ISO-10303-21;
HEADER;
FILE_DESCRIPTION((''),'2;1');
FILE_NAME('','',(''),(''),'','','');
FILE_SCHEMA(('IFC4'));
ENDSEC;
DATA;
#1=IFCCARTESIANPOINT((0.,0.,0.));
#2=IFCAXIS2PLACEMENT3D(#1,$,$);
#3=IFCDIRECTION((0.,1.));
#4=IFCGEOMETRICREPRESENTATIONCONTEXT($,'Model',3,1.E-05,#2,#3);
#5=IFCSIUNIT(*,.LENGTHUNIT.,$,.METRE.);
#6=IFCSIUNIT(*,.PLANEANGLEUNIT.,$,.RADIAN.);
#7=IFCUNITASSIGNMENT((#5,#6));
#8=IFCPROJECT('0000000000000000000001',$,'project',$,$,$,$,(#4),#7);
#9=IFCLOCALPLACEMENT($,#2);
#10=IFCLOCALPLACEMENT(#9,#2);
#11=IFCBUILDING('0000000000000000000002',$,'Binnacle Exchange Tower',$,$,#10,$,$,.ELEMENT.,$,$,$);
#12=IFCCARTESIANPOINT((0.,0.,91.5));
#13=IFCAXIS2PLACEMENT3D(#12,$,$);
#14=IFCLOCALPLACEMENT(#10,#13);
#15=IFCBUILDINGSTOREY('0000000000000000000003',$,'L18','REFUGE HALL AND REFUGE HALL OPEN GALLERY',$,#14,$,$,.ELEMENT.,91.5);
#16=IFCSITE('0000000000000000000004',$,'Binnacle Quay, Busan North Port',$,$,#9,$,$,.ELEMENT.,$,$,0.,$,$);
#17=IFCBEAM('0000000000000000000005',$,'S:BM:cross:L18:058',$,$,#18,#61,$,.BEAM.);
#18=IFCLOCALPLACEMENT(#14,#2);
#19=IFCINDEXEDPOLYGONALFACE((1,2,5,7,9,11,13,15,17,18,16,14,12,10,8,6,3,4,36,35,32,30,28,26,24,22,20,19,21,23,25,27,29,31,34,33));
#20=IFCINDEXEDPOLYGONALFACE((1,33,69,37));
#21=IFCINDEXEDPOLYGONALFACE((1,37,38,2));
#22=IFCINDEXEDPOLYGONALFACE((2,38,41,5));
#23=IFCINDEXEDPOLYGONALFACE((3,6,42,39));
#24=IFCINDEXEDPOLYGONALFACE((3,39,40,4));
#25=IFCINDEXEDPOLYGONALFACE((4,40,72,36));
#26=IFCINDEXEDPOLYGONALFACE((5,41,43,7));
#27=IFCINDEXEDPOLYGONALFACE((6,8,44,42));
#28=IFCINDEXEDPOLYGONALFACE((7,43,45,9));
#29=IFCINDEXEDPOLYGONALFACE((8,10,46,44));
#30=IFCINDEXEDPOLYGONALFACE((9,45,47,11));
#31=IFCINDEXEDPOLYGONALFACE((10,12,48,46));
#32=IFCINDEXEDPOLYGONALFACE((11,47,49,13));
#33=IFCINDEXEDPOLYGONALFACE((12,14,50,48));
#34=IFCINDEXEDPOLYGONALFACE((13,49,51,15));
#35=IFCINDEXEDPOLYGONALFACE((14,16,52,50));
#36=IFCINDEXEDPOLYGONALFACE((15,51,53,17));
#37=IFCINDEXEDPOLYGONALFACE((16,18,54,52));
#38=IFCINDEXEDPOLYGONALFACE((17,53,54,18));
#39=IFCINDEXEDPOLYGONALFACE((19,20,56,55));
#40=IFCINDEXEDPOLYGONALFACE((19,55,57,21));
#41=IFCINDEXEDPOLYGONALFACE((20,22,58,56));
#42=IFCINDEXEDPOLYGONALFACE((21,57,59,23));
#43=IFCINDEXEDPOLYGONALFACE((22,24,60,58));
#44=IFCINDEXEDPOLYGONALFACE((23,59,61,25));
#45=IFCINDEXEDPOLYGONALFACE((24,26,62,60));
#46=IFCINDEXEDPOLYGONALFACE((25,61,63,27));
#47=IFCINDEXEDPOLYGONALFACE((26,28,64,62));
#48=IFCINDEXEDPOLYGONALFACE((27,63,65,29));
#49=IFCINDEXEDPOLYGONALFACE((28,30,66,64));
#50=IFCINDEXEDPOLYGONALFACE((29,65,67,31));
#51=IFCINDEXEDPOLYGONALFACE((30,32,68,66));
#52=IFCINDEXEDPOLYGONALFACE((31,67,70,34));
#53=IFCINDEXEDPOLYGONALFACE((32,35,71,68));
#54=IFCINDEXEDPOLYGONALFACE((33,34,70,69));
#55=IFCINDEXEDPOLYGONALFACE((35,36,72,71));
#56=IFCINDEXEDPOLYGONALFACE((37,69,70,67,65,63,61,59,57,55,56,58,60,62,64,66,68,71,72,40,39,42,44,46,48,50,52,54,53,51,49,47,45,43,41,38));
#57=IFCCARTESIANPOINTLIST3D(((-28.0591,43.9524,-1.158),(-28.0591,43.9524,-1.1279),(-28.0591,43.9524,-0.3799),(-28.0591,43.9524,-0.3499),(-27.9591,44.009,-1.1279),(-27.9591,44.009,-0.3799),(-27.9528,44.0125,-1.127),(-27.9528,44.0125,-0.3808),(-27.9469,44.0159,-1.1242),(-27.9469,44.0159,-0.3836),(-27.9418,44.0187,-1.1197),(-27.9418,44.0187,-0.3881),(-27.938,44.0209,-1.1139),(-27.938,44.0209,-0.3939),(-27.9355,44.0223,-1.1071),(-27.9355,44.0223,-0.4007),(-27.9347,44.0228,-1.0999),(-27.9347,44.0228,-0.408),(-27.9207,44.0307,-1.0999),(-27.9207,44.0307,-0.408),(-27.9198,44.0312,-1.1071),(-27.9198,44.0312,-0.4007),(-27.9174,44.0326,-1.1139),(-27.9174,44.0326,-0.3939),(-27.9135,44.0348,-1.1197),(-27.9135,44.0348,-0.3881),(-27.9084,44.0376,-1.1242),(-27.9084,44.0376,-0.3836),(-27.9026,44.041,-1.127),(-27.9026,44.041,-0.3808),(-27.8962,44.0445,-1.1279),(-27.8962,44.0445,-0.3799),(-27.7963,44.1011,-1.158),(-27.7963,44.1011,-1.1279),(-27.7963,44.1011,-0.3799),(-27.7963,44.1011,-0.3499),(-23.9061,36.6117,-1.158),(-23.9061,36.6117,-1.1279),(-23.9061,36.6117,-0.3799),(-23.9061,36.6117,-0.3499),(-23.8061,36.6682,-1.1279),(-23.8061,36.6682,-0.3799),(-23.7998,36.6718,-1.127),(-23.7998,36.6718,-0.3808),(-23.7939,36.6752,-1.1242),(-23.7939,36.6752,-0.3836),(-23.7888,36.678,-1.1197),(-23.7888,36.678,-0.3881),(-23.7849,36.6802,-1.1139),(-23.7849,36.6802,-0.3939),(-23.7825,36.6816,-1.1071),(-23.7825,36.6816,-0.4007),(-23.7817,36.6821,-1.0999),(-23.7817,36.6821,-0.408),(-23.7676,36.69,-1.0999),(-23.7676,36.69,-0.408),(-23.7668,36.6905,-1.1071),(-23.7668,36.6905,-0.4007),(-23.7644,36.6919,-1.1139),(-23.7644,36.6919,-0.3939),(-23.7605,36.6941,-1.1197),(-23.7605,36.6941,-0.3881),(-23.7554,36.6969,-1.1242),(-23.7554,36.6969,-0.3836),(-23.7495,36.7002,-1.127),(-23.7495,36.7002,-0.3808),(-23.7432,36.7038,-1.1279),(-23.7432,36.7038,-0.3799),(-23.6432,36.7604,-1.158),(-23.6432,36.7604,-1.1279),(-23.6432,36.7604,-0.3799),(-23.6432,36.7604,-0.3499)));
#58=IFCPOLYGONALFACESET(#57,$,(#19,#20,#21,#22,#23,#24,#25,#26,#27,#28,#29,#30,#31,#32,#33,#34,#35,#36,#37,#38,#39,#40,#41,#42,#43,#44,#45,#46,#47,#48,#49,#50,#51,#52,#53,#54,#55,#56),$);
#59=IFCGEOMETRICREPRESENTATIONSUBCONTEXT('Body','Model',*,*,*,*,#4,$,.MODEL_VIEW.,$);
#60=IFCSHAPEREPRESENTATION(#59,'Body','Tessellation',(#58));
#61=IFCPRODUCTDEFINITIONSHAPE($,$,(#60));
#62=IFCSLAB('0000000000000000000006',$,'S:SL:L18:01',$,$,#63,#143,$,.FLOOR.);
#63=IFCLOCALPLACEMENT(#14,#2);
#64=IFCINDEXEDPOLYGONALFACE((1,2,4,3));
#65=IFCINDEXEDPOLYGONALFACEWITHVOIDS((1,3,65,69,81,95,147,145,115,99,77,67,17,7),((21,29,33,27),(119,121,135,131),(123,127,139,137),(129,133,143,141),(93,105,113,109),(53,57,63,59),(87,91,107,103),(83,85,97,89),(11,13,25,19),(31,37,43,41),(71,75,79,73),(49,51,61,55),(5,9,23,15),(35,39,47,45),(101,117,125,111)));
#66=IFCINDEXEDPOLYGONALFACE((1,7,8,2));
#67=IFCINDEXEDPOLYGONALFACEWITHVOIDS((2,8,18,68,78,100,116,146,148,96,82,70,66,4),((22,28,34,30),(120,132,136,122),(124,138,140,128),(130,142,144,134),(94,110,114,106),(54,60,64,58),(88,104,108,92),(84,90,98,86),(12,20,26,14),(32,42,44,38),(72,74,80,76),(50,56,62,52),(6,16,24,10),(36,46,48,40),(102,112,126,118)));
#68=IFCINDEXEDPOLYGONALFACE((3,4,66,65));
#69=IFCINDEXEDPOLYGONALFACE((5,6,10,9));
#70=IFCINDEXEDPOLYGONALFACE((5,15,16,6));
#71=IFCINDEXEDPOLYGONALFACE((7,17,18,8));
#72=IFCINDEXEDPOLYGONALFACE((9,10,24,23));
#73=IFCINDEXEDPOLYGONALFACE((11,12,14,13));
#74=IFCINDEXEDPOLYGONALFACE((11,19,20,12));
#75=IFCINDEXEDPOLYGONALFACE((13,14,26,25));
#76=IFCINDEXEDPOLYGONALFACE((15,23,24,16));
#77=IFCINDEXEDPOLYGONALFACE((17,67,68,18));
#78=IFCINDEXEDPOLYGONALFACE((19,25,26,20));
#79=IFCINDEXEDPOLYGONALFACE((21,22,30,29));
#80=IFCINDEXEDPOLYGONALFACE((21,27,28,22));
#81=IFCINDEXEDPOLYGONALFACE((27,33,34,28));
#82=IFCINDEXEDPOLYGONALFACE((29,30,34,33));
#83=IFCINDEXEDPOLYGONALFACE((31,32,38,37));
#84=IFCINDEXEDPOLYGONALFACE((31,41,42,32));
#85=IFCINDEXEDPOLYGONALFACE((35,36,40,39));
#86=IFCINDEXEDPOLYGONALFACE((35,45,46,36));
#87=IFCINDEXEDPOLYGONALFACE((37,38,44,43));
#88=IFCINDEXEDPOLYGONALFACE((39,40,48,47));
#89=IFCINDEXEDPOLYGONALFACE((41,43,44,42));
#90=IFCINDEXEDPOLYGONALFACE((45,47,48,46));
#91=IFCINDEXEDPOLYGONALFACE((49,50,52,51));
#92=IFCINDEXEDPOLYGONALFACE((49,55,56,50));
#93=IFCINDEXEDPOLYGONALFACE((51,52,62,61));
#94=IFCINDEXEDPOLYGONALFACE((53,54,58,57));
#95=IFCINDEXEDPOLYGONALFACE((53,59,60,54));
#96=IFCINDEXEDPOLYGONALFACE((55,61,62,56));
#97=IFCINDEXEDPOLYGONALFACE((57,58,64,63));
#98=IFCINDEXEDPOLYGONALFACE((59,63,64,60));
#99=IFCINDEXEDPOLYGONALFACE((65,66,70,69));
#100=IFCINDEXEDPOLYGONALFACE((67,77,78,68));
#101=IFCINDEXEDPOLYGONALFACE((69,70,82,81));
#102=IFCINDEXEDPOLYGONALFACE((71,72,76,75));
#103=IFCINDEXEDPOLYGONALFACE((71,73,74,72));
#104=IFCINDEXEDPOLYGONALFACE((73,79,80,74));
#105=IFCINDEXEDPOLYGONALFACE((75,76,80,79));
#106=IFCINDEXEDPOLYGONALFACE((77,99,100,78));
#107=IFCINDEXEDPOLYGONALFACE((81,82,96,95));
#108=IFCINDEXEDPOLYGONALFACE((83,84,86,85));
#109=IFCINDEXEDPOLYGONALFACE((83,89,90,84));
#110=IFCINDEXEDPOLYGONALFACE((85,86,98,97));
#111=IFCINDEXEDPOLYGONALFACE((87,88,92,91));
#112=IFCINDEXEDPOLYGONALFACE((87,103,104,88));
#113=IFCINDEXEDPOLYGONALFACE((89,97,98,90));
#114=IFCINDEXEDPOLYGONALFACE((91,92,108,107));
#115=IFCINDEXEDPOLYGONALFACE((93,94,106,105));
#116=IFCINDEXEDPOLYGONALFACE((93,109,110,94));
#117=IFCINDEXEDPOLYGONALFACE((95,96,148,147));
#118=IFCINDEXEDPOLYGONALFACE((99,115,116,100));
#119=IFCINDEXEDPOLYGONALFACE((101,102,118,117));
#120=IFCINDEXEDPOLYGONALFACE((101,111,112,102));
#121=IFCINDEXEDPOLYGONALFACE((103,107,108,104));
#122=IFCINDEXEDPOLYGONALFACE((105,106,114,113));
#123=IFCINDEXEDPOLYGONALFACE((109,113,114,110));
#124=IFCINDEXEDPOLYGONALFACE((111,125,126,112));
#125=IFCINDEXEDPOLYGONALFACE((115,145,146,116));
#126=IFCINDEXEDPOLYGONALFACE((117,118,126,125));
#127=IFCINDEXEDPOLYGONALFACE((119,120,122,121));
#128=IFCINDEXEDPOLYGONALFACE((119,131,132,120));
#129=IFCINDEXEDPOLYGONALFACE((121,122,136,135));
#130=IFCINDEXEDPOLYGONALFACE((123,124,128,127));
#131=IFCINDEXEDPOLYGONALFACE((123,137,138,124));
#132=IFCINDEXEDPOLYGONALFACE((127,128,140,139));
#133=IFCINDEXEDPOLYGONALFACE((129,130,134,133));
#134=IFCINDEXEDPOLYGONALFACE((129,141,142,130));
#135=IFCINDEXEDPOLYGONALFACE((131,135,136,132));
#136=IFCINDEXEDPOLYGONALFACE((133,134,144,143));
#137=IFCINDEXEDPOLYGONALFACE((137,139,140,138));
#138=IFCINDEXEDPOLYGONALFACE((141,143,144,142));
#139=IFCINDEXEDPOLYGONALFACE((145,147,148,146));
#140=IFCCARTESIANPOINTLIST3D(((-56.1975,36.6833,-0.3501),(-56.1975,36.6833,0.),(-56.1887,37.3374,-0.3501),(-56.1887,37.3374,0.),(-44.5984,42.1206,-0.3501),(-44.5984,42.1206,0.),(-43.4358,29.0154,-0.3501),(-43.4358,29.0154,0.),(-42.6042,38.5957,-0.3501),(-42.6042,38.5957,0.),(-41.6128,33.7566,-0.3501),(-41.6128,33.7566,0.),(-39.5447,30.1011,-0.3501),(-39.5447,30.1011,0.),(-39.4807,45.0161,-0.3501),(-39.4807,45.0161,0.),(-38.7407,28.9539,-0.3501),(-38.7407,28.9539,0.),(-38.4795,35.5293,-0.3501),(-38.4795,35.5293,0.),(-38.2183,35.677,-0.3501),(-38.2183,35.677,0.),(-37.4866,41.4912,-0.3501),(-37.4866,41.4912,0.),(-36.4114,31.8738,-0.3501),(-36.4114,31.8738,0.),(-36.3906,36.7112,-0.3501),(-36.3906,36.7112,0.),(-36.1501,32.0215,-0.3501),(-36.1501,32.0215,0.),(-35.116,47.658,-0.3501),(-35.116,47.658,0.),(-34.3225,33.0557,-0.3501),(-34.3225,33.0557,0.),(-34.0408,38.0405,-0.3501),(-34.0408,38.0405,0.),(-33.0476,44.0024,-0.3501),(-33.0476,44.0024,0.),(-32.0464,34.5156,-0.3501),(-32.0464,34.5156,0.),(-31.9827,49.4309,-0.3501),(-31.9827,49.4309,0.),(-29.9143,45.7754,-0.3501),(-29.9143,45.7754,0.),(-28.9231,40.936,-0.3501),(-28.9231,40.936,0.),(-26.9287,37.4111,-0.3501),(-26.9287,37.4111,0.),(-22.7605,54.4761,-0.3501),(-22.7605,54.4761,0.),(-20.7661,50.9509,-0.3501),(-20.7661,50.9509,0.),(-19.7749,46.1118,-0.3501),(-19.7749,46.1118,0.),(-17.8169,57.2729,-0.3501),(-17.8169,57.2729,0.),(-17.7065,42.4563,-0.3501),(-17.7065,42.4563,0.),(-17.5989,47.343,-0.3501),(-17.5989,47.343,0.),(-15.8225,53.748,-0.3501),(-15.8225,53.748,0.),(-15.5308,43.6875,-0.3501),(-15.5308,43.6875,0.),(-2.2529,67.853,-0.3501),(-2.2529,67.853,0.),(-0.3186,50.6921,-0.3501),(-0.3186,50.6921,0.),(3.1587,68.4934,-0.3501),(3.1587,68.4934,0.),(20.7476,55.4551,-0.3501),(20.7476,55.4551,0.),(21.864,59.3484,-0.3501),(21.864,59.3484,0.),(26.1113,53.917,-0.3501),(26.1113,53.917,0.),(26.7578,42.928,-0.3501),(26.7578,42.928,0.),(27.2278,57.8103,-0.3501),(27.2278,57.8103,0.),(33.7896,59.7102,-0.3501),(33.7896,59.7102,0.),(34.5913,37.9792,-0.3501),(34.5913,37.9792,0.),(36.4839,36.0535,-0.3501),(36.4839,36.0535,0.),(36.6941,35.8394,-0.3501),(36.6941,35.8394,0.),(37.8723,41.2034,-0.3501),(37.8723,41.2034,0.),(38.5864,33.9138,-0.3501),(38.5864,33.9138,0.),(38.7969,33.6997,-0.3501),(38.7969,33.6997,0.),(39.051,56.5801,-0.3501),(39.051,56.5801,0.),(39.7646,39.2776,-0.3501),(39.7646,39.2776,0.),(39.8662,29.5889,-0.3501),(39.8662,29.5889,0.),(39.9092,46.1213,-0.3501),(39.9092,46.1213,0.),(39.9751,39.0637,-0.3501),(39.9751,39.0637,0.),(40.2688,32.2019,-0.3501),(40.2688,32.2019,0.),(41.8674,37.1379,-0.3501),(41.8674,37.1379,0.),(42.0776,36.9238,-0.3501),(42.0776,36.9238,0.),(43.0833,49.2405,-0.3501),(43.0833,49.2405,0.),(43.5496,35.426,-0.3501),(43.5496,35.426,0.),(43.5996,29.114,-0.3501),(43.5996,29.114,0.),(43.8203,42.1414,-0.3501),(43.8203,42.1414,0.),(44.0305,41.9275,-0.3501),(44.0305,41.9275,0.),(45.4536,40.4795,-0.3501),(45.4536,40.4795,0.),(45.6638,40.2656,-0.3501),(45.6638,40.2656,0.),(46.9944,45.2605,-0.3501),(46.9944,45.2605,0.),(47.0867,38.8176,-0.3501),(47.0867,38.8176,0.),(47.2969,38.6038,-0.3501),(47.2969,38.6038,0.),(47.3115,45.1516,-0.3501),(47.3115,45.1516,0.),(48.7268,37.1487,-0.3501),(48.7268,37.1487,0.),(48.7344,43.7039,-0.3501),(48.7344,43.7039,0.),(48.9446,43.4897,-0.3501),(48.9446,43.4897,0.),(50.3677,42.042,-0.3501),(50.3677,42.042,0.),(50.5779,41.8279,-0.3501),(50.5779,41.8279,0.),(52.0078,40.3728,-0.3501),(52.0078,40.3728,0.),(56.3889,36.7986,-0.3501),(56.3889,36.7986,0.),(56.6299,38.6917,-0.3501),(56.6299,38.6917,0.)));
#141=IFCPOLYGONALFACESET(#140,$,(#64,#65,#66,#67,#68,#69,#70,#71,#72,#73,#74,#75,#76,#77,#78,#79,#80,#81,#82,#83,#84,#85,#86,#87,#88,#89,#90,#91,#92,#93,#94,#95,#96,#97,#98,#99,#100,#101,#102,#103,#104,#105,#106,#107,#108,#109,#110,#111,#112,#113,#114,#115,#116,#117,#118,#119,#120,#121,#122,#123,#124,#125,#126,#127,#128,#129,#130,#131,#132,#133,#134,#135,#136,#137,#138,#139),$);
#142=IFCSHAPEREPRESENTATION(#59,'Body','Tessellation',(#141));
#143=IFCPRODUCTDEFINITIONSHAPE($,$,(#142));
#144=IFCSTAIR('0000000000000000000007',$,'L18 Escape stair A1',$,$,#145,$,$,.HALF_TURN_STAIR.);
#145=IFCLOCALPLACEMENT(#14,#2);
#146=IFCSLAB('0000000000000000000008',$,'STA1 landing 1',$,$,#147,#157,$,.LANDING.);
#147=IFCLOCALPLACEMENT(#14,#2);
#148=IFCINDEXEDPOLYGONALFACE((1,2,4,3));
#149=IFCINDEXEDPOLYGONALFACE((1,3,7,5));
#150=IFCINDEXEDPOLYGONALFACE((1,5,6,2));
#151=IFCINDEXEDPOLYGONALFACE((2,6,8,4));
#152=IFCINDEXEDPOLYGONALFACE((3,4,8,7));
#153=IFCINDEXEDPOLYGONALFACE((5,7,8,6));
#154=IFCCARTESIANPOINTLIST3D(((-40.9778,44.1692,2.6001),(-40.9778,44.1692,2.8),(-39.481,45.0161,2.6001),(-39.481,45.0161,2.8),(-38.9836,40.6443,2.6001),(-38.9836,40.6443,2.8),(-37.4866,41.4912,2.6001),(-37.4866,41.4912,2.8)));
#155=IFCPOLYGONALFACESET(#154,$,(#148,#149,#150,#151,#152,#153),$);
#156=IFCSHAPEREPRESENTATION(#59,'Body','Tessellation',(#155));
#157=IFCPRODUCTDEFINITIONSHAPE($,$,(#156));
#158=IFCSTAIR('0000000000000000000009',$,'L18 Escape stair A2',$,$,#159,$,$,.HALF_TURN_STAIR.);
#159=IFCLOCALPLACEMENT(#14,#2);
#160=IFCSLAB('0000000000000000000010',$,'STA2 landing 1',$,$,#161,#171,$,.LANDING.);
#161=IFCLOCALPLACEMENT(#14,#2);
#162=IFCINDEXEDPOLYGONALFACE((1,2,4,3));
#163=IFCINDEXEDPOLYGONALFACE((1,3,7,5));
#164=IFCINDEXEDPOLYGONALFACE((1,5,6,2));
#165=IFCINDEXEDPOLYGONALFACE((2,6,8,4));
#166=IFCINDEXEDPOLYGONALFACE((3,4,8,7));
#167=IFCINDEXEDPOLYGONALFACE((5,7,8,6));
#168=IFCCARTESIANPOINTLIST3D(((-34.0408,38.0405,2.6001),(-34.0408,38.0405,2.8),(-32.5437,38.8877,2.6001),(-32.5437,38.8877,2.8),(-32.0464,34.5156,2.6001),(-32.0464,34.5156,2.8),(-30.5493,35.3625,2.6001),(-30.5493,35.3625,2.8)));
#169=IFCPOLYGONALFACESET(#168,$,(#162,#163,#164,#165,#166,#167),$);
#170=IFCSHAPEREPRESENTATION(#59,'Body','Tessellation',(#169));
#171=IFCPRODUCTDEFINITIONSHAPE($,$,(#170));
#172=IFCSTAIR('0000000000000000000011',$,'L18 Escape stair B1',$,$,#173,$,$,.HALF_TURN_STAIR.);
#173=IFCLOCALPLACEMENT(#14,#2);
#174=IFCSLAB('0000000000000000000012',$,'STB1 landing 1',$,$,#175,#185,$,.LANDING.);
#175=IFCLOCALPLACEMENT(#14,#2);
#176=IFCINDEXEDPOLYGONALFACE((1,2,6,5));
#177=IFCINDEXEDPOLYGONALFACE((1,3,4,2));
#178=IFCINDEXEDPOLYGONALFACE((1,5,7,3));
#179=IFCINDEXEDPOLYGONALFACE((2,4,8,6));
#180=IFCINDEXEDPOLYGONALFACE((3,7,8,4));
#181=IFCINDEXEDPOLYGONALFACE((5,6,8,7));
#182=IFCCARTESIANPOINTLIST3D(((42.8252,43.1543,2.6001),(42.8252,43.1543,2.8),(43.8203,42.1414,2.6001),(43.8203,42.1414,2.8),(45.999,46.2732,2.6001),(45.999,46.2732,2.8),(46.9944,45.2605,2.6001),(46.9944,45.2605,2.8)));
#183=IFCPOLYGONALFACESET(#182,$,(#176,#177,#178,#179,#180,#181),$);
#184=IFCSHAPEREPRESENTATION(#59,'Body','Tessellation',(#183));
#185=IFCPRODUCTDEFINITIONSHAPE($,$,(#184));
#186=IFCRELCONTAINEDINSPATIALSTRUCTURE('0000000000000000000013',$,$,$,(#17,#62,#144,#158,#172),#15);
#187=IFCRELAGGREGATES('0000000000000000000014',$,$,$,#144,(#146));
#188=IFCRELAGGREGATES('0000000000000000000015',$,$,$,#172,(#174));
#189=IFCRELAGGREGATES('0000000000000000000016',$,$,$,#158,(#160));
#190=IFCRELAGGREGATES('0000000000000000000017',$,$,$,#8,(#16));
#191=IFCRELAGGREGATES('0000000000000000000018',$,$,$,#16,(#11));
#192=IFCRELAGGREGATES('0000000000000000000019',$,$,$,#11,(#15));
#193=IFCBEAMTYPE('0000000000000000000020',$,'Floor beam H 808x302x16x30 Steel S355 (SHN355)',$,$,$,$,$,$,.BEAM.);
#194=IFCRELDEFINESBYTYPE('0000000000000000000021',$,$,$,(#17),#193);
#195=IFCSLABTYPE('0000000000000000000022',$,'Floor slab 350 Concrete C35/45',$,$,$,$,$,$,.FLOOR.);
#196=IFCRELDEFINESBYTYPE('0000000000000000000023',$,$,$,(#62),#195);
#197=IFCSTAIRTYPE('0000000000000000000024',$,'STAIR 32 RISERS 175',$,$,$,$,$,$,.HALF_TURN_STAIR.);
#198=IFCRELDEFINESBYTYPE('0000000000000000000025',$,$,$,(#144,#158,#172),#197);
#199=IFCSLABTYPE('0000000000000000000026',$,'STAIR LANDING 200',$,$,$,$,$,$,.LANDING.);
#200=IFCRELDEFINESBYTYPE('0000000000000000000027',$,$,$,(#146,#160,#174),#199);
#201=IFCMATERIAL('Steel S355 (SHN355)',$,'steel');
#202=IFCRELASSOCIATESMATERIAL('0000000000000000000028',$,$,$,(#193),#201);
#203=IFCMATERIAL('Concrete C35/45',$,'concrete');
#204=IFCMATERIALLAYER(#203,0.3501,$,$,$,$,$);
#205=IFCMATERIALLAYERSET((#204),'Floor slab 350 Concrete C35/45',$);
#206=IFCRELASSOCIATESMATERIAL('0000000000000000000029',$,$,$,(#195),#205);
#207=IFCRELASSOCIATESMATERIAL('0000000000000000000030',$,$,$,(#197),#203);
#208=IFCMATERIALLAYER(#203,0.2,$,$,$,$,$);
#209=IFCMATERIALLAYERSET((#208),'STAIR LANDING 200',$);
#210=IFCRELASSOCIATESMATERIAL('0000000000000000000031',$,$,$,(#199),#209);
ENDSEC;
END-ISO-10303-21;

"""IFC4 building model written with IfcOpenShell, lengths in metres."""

from ifc_helpers import new_model, si_unit, direction, frame, origin, origin_2d, place, context, subcontext, project, spatial, polyline, i_section, outline, extrude, material, layer, layer_set, material_profile, profile_set, type_object, element, aggregate, save


model = new_model("IFC4")

# Units and contexts
model_context = context("Model", 3, precision=1e-05, world=origin(), true_north=direction((0.0, 1.0)))
body_context = subcontext(model_context, "Body", "Model", "MODEL_VIEW")
ifc_project = project(units=[si_unit("LENGTHUNIT", "METRE"), si_unit("PLANEANGLEUNIT", "RADIAN")], contexts=[model_context])

# Site, building, storey
site_placement = place(None, origin())
site = spatial("IfcSite", under=ifc_project, at=site_placement, Name="Binnacle Quay, Busan North Port", CompositionType="ELEMENT", RefElevation=0.0)
building_placement = place(site_placement, origin())
building = spatial("IfcBuilding", under=site, at=building_placement, Name="Binnacle Exchange Tower", CompositionType="ELEMENT")
storey_placement = place(building_placement, frame((0.0, 0.0, 91.5)))
storey = spatial("IfcBuildingStorey", under=building, at=storey_placement, Name="L18", Description="REFUGE HALL AND REFUGE HALL OPEN GALLERY", CompositionType="ELEMENT", Elevation=91.5)

# Beam
ifc_material_1 = material(Name="Steel S355 (SHN355)", Category="steel")
ifc_material_profile_1 = material_profile(ifc_material_1, i_section(OverallWidth=0.302, OverallDepth=0.8081, WebThickness=0.0161, FlangeThickness=0.03, FilletRadius=0.0281, at=origin_2d()), Name="H 808x302x16x30")
ifc_profile_set_1 = profile_set([ifc_material_profile_1], Name="Steel S355 (SHN355)")
beam_type_1 = type_object("IfcBeamType", Name="Floor beam H 808x302x16x30 Steel S355 (SHN355)", PredefinedType="BEAM", material=ifc_profile_set_1)
beam_1_placement = place(storey_placement, frame((-23.7747, 36.686, -0.7539), z_axis=(-0.492409, 0.870364, 0.0), x_axis=(-0.870364, -0.492409, 0.0)))
element("IfcBeam", 1, at=beam_1_placement, inside=storey, type_object=beam_type_1, Name="S:BM:cross:L18:058", PredefinedType="BEAM", context=body_context, shape_type="SweptSolid", body=[
    extrude(i_section(OverallWidth=0.302, OverallDepth=0.8081, WebThickness=0.0161, FlangeThickness=0.03, FilletRadius=0.0281, at=origin_2d()), origin(), (0.0, 0.0, 1.0), 8.4341),
])

# Slab
ifc_material_2 = material(Name="Concrete C35/45", Category="concrete")
ifc_layer_1 = layer(ifc_material_2, 0.3501)
ifc_layer_set_1 = layer_set([ifc_layer_1], Name="Floor slab 350 Concrete C35/45")
slab_type_1 = type_object("IfcSlabType", Name="Floor slab 350 Concrete C35/45", PredefinedType="FLOOR", material=ifc_layer_set_1)
slab_1_placement = place(storey_placement, frame((0.0, 0.0, -0.3501)))
element("IfcSlab", 2, at=slab_1_placement, inside=storey, type_object=slab_type_1, Name="S:SL:L18:01", PredefinedType="FLOOR", context=body_context, shape_type="SweptSolid", body=[
    extrude(outline(polyline([(56.6299, 38.6917), (56.3889, 36.7986), (43.5996, 29.114), (39.8662, 29.5889), (26.7578, 42.928), (-0.3186, 50.6921), (-38.7407, 28.9539), (-43.4358, 29.0154), (-56.1975, 36.6833), (-56.1887, 37.3374), (-2.2529, 67.853), (3.1587, 68.4934), (33.7896, 59.7102), (39.051, 56.5801), (56.6299, 38.6917)]), holes=[polyline([(-38.4795, 35.5293), (-41.6128, 33.7566), (-39.5447, 30.1011), (-36.4114, 31.8738), (-38.4795, 35.5293)]), polyline([(-34.3225, 33.0557), (-36.3906, 36.7112), (-38.2183, 35.677), (-36.1501, 32.0215), (-34.3225, 33.0557)]), polyline([(-34.0408, 38.0405), (-32.0464, 34.5156), (-26.9287, 37.4111), (-28.9231, 40.936), (-34.0408, 38.0405)]), polyline([(-37.4866, 41.4912), (-39.4807, 45.0161), (-44.5984, 42.1206), (-42.6042, 38.5957), (-37.4866, 41.4912)]), polyline([(-15.5308, 43.6875), (-17.5989, 47.343), (-19.7749, 46.1118), (-17.7065, 42.4563), (-15.5308, 43.6875)]), polyline([(-29.9143, 45.7754), (-31.9827, 49.4309), (-35.116, 47.658), (-33.0476, 44.0024), (-29.9143, 45.7754)]), polyline([(-15.8225, 53.748), (-17.8169, 57.2729), (-22.7605, 54.4761), (-20.7661, 50.9509), (-15.8225, 53.748)]), polyline([(26.1113, 53.917), (27.2278, 57.8103), (21.864, 59.3484), (20.7476, 55.4551), (26.1113, 53.917)]), polyline([(40.2688, 32.2019), (43.5496, 35.426), (42.0776, 36.9238), (38.7969, 33.6997), (40.2688, 32.2019)]), polyline([(38.5864, 33.9138), (41.8674, 37.1379), (39.9751, 39.0637), (36.6941, 35.8394), (38.5864, 33.9138)]), polyline([(36.4839, 36.0535), (39.7646, 39.2776), (37.8723, 41.2034), (34.5913, 37.9792), (36.4839, 36.0535)]), polyline([(48.7268, 37.1487), (52.0078, 40.3728), (50.5779, 41.8279), (47.2969, 38.6038), (48.7268, 37.1487)]), polyline([(47.0867, 38.8176), (50.3677, 42.042), (48.9446, 43.4897), (45.6638, 40.2656), (47.0867, 38.8176)]), polyline([(45.4536, 40.4795), (48.7344, 43.7039), (47.3115, 45.1516), (44.0305, 41.9275), (45.4536, 40.4795)]), polyline([(43.8203, 42.1414), (46.9944, 45.2605), (43.0833, 49.2405), (39.9092, 46.1213), (43.8203, 42.1414)])]), origin(), (0.0, 0.0, 1.0), 0.3501),
])

# Stairs, slabs
stair_type = type_object("IfcStairType", Name="STAIR 32 RISERS 175", PredefinedType="HALF_TURN_STAIR", material=ifc_material_2)
stair_1_placement = place(storey_placement, origin())
stair_1 = element("IfcStair", 3, at=stair_1_placement, inside=storey, type_object=stair_type, Name="L18 Escape stair A1", PredefinedType="HALF_TURN_STAIR")
ifc_layer_2 = layer(ifc_material_2, 0.2)
ifc_layer_set_2 = layer_set([ifc_layer_2], Name="STAIR LANDING 200")
slab_type_2 = type_object("IfcSlabType", Name="STAIR LANDING 200", PredefinedType="LANDING", material=ifc_layer_set_2)
slab_2_placement = place(storey_placement, frame((0.0, 0.0, 2.6001)))
slab_2 = element("IfcSlab", 4, at=slab_2_placement, type_object=slab_type_2, Name="STA1 landing 1", PredefinedType="LANDING", context=body_context, shape_type="SweptSolid", body=[
    extrude(outline(polyline([(-38.9836, 40.6443), (-37.4866, 41.4912), (-39.481, 45.0161), (-40.9778, 44.1692), (-38.9836, 40.6443)])), origin(), (0.0, 0.0, 1.0), 0.2),
])
aggregate(stair_1, [slab_2])
stair_2_placement = place(storey_placement, origin())
stair_2 = element("IfcStair", 5, at=stair_2_placement, inside=storey, type_object=stair_type, Name="L18 Escape stair A2", PredefinedType="HALF_TURN_STAIR")
slab_3_placement = place(storey_placement, frame((0.0, 0.0, 2.6001)))
slab_3 = element("IfcSlab", 6, at=slab_3_placement, type_object=slab_type_2, Name="STA2 landing 1", PredefinedType="LANDING", context=body_context, shape_type="SweptSolid", body=[
    extrude(outline(polyline([(-32.5437, 38.8877), (-34.0408, 38.0405), (-32.0464, 34.5156), (-30.5493, 35.3625), (-32.5437, 38.8877)])), origin(), (0.0, 0.0, 1.0), 0.2),
])
stair_3_placement = place(storey_placement, origin())
stair_3 = element("IfcStair", 7, at=stair_3_placement, inside=storey, type_object=stair_type, Name="L18 Escape stair B1", PredefinedType="HALF_TURN_STAIR")
slab_4_placement = place(storey_placement, frame((0.0, 0.0, 2.6001)))
slab_4 = element("IfcSlab", 8, at=slab_4_placement, type_object=slab_type_2, Name="STB1 landing 1", PredefinedType="LANDING", context=body_context, shape_type="SweptSolid", body=[
    extrude(outline(polyline([(42.8252, 43.1543), (43.8203, 42.1414), (46.9944, 45.2605), (45.999, 46.2732), (42.8252, 43.1543)])), origin(), (0.0, 0.0, 1.0), 0.2),
])
aggregate(stair_3, [slab_4])

aggregate(stair_2, [slab_3])

save(model, "model.ifc")
